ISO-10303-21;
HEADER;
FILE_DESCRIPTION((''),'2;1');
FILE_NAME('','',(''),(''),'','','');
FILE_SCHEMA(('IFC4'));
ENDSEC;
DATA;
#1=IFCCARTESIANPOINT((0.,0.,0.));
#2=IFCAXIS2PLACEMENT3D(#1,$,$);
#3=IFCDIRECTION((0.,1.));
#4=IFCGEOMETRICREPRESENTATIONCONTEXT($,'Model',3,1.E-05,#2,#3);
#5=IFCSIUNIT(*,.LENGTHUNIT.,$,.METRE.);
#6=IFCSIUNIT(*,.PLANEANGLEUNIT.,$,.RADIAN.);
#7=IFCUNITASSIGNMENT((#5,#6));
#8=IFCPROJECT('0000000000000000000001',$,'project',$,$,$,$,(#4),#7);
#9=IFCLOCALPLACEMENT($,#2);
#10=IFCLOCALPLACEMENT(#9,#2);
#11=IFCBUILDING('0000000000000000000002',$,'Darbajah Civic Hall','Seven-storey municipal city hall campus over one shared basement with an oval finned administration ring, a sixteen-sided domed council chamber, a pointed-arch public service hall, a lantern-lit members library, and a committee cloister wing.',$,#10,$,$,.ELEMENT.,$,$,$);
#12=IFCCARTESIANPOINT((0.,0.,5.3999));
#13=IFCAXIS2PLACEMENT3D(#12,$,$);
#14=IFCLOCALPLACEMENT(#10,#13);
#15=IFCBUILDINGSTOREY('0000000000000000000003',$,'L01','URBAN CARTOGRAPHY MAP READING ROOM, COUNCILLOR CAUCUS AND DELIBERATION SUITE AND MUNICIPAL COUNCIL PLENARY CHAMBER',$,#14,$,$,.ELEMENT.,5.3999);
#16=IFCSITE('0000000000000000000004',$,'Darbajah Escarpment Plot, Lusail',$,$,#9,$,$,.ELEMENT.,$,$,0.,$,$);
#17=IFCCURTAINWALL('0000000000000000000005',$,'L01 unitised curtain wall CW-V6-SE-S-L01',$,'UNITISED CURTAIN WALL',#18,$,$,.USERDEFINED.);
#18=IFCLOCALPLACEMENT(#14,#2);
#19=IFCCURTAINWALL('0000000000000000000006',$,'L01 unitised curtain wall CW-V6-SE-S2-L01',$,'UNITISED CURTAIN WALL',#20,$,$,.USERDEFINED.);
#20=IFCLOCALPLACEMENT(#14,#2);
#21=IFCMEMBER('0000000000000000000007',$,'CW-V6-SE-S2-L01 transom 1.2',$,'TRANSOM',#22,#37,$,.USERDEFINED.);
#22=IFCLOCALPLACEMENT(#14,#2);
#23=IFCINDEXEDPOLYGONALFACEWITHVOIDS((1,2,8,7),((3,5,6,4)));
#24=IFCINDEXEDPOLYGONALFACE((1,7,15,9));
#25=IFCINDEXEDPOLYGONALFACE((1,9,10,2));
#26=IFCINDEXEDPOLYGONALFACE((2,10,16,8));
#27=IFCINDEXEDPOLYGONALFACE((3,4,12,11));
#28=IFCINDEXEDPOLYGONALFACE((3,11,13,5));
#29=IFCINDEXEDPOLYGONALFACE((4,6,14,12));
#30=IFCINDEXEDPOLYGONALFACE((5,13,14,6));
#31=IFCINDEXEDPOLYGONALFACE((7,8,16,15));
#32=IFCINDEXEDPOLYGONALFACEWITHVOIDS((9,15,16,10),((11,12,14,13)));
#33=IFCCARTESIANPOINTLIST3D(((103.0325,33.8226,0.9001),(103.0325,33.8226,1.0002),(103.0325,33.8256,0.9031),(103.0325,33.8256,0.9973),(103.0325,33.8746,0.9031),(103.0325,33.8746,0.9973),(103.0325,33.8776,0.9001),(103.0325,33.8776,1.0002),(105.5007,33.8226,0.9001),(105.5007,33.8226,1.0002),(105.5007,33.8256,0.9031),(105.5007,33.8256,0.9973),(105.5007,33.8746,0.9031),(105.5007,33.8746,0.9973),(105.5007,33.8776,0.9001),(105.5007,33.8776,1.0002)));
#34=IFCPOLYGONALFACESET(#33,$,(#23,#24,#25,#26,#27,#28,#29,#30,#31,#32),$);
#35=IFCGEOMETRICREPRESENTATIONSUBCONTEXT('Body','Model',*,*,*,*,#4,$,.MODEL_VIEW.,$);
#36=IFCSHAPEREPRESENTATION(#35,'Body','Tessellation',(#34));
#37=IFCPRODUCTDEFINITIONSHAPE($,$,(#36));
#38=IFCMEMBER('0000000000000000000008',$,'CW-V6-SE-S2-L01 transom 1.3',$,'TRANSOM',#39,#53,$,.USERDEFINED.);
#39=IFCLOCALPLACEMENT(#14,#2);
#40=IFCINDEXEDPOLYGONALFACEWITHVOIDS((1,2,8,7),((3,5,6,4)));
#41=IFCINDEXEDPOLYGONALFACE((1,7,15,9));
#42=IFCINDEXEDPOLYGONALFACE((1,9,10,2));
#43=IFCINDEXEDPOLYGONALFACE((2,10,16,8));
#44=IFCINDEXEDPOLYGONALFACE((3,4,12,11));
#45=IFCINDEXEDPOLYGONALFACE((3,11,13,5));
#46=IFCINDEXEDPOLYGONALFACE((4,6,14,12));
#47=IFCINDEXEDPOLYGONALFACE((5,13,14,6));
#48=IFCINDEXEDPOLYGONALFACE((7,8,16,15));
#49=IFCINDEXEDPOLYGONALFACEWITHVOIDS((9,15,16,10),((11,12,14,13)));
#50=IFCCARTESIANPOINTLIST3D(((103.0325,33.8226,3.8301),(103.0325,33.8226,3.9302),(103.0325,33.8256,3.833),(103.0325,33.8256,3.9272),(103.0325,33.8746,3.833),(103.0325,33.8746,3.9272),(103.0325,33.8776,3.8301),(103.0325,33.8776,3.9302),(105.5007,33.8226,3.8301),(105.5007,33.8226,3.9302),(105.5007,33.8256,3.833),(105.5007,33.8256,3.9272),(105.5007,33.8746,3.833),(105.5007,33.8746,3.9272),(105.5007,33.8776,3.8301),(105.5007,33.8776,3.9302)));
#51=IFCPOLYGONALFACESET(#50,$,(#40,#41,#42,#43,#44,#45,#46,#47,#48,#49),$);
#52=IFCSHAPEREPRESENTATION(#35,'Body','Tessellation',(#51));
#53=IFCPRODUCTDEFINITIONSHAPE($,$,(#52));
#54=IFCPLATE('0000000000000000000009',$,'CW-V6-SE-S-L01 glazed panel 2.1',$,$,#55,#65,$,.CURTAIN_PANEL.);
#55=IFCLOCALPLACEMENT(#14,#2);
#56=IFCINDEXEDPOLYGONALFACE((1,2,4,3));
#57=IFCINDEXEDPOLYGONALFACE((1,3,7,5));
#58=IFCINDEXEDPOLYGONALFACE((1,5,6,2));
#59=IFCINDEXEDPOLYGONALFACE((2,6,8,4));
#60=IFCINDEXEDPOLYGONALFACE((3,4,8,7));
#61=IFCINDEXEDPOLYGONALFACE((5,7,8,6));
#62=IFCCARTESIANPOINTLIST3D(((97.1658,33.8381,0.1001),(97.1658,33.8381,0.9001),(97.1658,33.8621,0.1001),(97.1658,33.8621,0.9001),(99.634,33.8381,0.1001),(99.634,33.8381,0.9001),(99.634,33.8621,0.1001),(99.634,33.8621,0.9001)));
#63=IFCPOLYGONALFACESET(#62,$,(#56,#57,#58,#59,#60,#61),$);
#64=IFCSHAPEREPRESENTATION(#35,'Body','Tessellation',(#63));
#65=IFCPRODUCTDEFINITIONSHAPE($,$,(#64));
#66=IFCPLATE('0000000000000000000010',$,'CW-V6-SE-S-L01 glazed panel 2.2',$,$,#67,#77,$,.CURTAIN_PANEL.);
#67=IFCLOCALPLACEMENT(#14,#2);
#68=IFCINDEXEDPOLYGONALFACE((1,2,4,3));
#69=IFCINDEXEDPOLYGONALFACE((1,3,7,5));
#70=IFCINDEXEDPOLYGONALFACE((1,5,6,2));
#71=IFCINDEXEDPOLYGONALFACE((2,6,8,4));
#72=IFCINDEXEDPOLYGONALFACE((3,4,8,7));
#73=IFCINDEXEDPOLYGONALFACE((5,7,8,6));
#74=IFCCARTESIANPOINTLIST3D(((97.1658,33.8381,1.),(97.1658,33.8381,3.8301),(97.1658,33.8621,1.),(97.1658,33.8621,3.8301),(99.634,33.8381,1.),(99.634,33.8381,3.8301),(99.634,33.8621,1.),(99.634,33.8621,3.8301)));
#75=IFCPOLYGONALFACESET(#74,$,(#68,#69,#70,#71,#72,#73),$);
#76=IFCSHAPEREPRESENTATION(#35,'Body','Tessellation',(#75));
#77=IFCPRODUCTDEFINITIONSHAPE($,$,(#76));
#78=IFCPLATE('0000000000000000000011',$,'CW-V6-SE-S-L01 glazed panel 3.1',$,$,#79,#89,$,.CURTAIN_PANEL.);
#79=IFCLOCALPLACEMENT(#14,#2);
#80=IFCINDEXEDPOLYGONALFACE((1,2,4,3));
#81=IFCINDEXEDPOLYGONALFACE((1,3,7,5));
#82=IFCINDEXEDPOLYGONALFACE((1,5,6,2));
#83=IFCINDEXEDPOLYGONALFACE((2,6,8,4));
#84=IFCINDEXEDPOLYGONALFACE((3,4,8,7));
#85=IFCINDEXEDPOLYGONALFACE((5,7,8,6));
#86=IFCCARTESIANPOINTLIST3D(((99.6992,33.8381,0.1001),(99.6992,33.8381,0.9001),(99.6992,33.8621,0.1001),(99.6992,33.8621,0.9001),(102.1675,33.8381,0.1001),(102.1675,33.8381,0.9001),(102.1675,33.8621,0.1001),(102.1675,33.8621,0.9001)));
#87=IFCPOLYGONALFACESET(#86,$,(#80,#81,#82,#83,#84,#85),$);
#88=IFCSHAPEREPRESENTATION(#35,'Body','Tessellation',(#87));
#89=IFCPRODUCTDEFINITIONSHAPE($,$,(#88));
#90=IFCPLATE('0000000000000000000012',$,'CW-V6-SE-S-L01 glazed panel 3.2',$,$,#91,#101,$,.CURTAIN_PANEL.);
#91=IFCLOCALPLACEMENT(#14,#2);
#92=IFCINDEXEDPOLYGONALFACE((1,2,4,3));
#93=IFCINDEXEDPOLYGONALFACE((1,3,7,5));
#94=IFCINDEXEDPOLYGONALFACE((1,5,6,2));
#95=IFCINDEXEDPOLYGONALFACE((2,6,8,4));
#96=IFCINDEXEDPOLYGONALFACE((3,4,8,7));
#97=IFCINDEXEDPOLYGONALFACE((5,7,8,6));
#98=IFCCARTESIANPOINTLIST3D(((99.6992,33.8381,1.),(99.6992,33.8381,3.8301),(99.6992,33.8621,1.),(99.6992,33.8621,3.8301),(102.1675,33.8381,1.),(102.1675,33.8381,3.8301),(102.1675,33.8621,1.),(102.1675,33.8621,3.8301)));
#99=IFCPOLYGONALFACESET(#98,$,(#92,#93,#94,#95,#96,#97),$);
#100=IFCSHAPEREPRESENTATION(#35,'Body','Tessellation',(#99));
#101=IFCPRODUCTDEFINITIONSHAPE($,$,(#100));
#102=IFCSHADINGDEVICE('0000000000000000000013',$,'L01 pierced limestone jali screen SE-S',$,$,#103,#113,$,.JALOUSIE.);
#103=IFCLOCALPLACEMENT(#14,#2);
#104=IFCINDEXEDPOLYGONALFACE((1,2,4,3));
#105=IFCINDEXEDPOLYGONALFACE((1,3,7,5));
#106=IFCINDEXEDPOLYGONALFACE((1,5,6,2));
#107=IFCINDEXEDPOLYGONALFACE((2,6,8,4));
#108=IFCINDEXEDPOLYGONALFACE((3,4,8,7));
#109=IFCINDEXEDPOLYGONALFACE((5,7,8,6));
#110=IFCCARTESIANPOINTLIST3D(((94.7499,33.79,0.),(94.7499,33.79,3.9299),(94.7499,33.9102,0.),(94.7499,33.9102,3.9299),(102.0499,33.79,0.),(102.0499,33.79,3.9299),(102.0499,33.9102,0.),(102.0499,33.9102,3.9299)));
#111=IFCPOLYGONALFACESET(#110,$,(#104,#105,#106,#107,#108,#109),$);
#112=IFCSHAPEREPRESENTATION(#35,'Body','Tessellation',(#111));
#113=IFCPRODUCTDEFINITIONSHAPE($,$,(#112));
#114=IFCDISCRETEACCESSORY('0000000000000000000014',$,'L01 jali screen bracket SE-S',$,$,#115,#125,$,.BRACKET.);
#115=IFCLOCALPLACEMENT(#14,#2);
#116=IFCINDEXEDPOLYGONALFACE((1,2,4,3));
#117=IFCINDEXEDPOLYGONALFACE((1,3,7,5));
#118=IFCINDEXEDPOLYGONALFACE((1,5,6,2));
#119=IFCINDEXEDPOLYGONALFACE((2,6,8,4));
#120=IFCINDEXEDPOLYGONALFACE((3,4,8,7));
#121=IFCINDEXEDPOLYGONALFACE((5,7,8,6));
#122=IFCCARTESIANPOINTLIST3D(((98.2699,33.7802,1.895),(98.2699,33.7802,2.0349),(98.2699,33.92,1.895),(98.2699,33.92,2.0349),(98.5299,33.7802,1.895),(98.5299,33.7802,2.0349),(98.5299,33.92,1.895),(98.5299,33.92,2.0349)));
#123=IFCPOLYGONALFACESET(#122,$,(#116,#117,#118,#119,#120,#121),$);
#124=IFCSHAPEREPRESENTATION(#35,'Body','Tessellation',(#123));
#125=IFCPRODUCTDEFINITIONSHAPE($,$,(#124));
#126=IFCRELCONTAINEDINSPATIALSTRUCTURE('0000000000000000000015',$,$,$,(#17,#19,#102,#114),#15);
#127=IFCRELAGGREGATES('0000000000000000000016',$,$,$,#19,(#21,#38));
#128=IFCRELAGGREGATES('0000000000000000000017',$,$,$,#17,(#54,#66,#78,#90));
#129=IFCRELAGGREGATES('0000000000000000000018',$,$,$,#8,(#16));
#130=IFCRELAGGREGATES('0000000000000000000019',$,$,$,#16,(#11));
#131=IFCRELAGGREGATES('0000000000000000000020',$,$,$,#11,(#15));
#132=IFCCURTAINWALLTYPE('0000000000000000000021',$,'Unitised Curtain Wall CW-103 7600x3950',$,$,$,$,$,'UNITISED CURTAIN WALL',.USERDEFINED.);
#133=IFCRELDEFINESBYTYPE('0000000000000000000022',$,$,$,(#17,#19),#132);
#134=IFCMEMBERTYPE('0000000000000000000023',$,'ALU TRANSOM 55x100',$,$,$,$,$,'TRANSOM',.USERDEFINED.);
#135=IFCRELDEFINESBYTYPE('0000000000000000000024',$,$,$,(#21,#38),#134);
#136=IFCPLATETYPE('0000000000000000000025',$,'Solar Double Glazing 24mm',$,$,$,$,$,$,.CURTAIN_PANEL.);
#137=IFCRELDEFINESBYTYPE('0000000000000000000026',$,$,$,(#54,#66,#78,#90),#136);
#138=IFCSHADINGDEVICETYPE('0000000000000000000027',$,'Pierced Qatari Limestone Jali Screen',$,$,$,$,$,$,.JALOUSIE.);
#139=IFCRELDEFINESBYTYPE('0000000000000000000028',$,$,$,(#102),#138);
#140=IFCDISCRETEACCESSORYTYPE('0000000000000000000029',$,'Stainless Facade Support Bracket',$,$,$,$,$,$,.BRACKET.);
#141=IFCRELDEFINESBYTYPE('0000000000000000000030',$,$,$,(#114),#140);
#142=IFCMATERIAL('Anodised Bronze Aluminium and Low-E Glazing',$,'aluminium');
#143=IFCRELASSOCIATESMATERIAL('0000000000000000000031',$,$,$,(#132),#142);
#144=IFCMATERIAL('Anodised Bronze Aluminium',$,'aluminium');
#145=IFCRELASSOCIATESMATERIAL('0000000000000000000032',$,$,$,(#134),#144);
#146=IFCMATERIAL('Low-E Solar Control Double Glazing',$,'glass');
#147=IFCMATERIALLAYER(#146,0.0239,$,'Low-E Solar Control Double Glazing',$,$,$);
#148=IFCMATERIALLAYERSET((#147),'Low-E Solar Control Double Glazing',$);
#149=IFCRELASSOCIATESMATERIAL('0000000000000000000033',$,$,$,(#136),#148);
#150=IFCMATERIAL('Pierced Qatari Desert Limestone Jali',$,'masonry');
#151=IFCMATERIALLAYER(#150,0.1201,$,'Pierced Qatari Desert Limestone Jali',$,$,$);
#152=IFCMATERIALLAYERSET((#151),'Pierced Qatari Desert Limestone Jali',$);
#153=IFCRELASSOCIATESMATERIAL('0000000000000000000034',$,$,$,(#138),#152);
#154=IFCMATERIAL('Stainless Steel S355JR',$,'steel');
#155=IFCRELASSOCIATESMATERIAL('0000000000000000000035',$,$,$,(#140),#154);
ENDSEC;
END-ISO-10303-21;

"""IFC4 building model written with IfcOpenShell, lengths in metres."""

from ifc_helpers import new_model, si_unit, direction, frame, origin, origin_2d, place, context, subcontext, project, spatial, rectangle, hollow_rectangle, extrude, material, layer, layer_set, material_profile, profile_set, type_object, element, aggregate, save


model = new_model("IFC4")

# Units and contexts
model_context = context("Model", 3, precision=1e-05, world=origin(), true_north=direction((0.0, 1.0)))
body_context = subcontext(model_context, "Body", "Model", "MODEL_VIEW")
ifc_project = project(units=[si_unit("LENGTHUNIT", "METRE"), si_unit("PLANEANGLEUNIT", "RADIAN")], contexts=[model_context])

# Site, building, storey
site_placement = place(None, origin())
site = spatial("IfcSite", under=ifc_project, at=site_placement, Name="Darbajah Escarpment Plot, Lusail", CompositionType="ELEMENT", RefElevation=0.0)
building_placement = place(site_placement, origin())
building = spatial("IfcBuilding", under=site, at=building_placement, Name="Darbajah Civic Hall", Description="Seven-storey municipal city hall campus over one shared basement with an oval finned administration ring, a sixteen-sided domed council chamber, a pointed-arch public service hall, a lantern-lit members library, and a committee cloister wing.", CompositionType="ELEMENT")
storey_placement = place(building_placement, frame((0.0, 0.0, 5.3999)))
storey = spatial("IfcBuildingStorey", under=building, at=storey_placement, Name="L01", Description="URBAN CARTOGRAPHY MAP READING ROOM, COUNCILLOR CAUCUS AND DELIBERATION SUITE AND MUNICIPAL COUNCIL PLENARY CHAMBER", CompositionType="ELEMENT", Elevation=5.3999)

# Curtain wall
ifc_material_1 = material(Name="Anodised Bronze Aluminium and Low-E Glazing", Category="aluminium")
curtain_wall_type = type_object("IfcCurtainWallType", Name="Unitised Curtain Wall CW-103 7600x3950", ElementType="UNITISED CURTAIN WALL", PredefinedType="USERDEFINED", material=ifc_material_1)
curtain_wall_1_placement = place(storey_placement, origin())
curtain_wall_1 = element("IfcCurtainWall", 1, at=curtain_wall_1_placement, inside=storey, type_object=curtain_wall_type, Name="L01 unitised curtain wall CW-V6-SE-S-L01", ObjectType="UNITISED CURTAIN WALL", PredefinedType="USERDEFINED")
ifc_material_2 = material(Name="Anodised Bronze Aluminium", Category="aluminium")

# Curtain wall
curtain_wall_2_placement = place(storey_placement, origin())
curtain_wall_2 = element("IfcCurtainWall", 2, at=curtain_wall_2_placement, inside=storey, type_object=curtain_wall_type, Name="L01 unitised curtain wall CW-V6-SE-S2-L01", ObjectType="UNITISED CURTAIN WALL", PredefinedType="USERDEFINED")

# Members
ifc_material_profile_1 = material_profile(ifc_material_2, hollow_rectangle(XDim=0.0549, YDim=0.1001, WallThickness=0.0029, at=origin_2d()), Name="ALU TRANSOM 55x100")
ifc_profile_set_1 = profile_set([ifc_material_profile_1], Name="Anodised Bronze Aluminium")
member_type_1 = type_object("IfcMemberType", Name="ALU TRANSOM 55x100", ElementType="TRANSOM", PredefinedType="USERDEFINED", material=ifc_profile_set_1)
member_1_placement = place(storey_placement, frame((103.0325, 33.8501, 0.9502), z_axis=(1.0, 0.0, 0.0), x_axis=(0.0, 1.0, 0.0)))
member_1 = element("IfcMember", 3, at=member_1_placement, type_object=member_type_1, Name="CW-V6-SE-S2-L01 transom 1.2", ObjectType="TRANSOM", PredefinedType="USERDEFINED", context=body_context, shape_type="SweptSolid", body=[
    extrude(hollow_rectangle(XDim=0.0549, YDim=0.1001, WallThickness=0.0029, at=origin_2d()), origin(), (0.0, 0.0, 1.0), 2.4683),
])
member_2_placement = place(storey_placement, frame((103.0325, 33.8501, 3.8801), z_axis=(1.0, 0.0, 0.0), x_axis=(0.0, 1.0, 0.0)))
member_2 = element("IfcMember", 4, at=member_2_placement, type_object=member_type_1, Name="CW-V6-SE-S2-L01 transom 1.3", ObjectType="TRANSOM", PredefinedType="USERDEFINED", context=body_context, shape_type="SweptSolid", body=[
    extrude(hollow_rectangle(XDim=0.0549, YDim=0.1001, WallThickness=0.0029, at=origin_2d()), origin(), (0.0, 0.0, 1.0), 2.4683),
])
aggregate(curtain_wall_2, [member_1, member_2])

# Plates
ifc_material_3 = material(Name="Low-E Solar Control Double Glazing", Category="glass")
ifc_layer_1 = layer(ifc_material_3, 0.0239, Name="Low-E Solar Control Double Glazing")
ifc_layer_set_1 = layer_set([ifc_layer_1], Name="Low-E Solar Control Double Glazing")
plate_type = type_object("IfcPlateType", Name="Solar Double Glazing 24mm", PredefinedType="CURTAIN_PANEL", material=ifc_layer_set_1)
plate_1_placement = place(storey_placement, frame((98.3999, 33.8501, 0.1001), z_axis=(0.0, 0.0, 1.0), x_axis=(1.0, 0.0, 0.0)))
plate_1 = element("IfcPlate", 5, at=plate_1_placement, type_object=plate_type, Name="CW-V6-SE-S-L01 glazed panel 2.1", PredefinedType="CURTAIN_PANEL", context=body_context, shape_type="SweptSolid", body=[
    extrude(rectangle(XDim=2.4683, YDim=0.0239, at=origin_2d()), origin(), (0.0, 0.0, 1.0), 0.8),
])
plate_2_placement = place(storey_placement, frame((98.3999, 33.8501, 1.0), z_axis=(0.0, 0.0, 1.0), x_axis=(1.0, 0.0, 0.0)))
plate_2 = element("IfcPlate", 6, at=plate_2_placement, type_object=plate_type, Name="CW-V6-SE-S-L01 glazed panel 2.2", PredefinedType="CURTAIN_PANEL", context=body_context, shape_type="SweptSolid", body=[
    extrude(rectangle(XDim=2.4683, YDim=0.0239, at=origin_2d()), origin(), (0.0, 0.0, 1.0), 2.8301),
])
plate_3_placement = place(storey_placement, frame((100.9333, 33.8501, 0.1001), z_axis=(0.0, 0.0, 1.0), x_axis=(1.0, 0.0, 0.0)))
plate_3 = element("IfcPlate", 7, at=plate_3_placement, type_object=plate_type, Name="CW-V6-SE-S-L01 glazed panel 3.1", PredefinedType="CURTAIN_PANEL", context=body_context, shape_type="SweptSolid", body=[
    extrude(rectangle(XDim=2.4683, YDim=0.0239, at=origin_2d()), origin(), (0.0, 0.0, 1.0), 0.8),
])
plate_4_placement = place(storey_placement, frame((100.9333, 33.8501, 1.0), z_axis=(0.0, 0.0, 1.0), x_axis=(1.0, 0.0, 0.0)))
plate_4 = element("IfcPlate", 8, at=plate_4_placement, type_object=plate_type, Name="CW-V6-SE-S-L01 glazed panel 3.2", PredefinedType="CURTAIN_PANEL", context=body_context, shape_type="SweptSolid", body=[
    extrude(rectangle(XDim=2.4683, YDim=0.0239, at=origin_2d()), origin(), (0.0, 0.0, 1.0), 2.8301),
])
aggregate(curtain_wall_1, [plate_1, plate_2, plate_3, plate_4])

# Shading device
ifc_material_4 = material(Name="Pierced Qatari Desert Limestone Jali", Category="masonry")
ifc_layer_2 = layer(ifc_material_4, 0.1201, Name="Pierced Qatari Desert Limestone Jali")
ifc_layer_set_2 = layer_set([ifc_layer_2], Name="Pierced Qatari Desert Limestone Jali")
shading_device_type = type_object("IfcShadingDeviceType", Name="Pierced Qatari Limestone Jali Screen", PredefinedType="JALOUSIE", material=ifc_layer_set_2)
shading_device_placement = place(storey_placement, frame((98.3999, 33.8501, 0.0), z_axis=(0.0, 0.0, 1.0), x_axis=(1.0, 0.0, 0.0)))
element("IfcShadingDevice", 9, at=shading_device_placement, inside=storey, type_object=shading_device_type, Name="L01 pierced limestone jali screen SE-S", PredefinedType="JALOUSIE", context=body_context, shape_type="SweptSolid", body=[
    extrude(rectangle(XDim=7.3, YDim=0.1201, at=origin_2d()), origin(), (0.0, 0.0, 1.0), 3.9299),
])

# Discrete accessory
ifc_material_5 = material(Name="Stainless Steel S355JR", Category="steel")
discrete_accessory_type = type_object("IfcDiscreteAccessoryType", Name="Stainless Facade Support Bracket", PredefinedType="BRACKET", material=ifc_material_5)
discrete_accessory_placement = place(storey_placement, frame((98.3999, 33.8501, 1.895), z_axis=(0.0, 0.0, 1.0), x_axis=(1.0, 0.0, 0.0)))
element("IfcDiscreteAccessory", 10, at=discrete_accessory_placement, inside=storey, type_object=discrete_accessory_type, Name="L01 jali screen bracket SE-S", PredefinedType="BRACKET", context=body_context, shape_type="SweptSolid", body=[
    extrude(rectangle(XDim=0.26, YDim=0.1399, at=origin_2d()), origin(), (0.0, 0.0, 1.0), 0.1399),
])

save(model, "model.ifc")
